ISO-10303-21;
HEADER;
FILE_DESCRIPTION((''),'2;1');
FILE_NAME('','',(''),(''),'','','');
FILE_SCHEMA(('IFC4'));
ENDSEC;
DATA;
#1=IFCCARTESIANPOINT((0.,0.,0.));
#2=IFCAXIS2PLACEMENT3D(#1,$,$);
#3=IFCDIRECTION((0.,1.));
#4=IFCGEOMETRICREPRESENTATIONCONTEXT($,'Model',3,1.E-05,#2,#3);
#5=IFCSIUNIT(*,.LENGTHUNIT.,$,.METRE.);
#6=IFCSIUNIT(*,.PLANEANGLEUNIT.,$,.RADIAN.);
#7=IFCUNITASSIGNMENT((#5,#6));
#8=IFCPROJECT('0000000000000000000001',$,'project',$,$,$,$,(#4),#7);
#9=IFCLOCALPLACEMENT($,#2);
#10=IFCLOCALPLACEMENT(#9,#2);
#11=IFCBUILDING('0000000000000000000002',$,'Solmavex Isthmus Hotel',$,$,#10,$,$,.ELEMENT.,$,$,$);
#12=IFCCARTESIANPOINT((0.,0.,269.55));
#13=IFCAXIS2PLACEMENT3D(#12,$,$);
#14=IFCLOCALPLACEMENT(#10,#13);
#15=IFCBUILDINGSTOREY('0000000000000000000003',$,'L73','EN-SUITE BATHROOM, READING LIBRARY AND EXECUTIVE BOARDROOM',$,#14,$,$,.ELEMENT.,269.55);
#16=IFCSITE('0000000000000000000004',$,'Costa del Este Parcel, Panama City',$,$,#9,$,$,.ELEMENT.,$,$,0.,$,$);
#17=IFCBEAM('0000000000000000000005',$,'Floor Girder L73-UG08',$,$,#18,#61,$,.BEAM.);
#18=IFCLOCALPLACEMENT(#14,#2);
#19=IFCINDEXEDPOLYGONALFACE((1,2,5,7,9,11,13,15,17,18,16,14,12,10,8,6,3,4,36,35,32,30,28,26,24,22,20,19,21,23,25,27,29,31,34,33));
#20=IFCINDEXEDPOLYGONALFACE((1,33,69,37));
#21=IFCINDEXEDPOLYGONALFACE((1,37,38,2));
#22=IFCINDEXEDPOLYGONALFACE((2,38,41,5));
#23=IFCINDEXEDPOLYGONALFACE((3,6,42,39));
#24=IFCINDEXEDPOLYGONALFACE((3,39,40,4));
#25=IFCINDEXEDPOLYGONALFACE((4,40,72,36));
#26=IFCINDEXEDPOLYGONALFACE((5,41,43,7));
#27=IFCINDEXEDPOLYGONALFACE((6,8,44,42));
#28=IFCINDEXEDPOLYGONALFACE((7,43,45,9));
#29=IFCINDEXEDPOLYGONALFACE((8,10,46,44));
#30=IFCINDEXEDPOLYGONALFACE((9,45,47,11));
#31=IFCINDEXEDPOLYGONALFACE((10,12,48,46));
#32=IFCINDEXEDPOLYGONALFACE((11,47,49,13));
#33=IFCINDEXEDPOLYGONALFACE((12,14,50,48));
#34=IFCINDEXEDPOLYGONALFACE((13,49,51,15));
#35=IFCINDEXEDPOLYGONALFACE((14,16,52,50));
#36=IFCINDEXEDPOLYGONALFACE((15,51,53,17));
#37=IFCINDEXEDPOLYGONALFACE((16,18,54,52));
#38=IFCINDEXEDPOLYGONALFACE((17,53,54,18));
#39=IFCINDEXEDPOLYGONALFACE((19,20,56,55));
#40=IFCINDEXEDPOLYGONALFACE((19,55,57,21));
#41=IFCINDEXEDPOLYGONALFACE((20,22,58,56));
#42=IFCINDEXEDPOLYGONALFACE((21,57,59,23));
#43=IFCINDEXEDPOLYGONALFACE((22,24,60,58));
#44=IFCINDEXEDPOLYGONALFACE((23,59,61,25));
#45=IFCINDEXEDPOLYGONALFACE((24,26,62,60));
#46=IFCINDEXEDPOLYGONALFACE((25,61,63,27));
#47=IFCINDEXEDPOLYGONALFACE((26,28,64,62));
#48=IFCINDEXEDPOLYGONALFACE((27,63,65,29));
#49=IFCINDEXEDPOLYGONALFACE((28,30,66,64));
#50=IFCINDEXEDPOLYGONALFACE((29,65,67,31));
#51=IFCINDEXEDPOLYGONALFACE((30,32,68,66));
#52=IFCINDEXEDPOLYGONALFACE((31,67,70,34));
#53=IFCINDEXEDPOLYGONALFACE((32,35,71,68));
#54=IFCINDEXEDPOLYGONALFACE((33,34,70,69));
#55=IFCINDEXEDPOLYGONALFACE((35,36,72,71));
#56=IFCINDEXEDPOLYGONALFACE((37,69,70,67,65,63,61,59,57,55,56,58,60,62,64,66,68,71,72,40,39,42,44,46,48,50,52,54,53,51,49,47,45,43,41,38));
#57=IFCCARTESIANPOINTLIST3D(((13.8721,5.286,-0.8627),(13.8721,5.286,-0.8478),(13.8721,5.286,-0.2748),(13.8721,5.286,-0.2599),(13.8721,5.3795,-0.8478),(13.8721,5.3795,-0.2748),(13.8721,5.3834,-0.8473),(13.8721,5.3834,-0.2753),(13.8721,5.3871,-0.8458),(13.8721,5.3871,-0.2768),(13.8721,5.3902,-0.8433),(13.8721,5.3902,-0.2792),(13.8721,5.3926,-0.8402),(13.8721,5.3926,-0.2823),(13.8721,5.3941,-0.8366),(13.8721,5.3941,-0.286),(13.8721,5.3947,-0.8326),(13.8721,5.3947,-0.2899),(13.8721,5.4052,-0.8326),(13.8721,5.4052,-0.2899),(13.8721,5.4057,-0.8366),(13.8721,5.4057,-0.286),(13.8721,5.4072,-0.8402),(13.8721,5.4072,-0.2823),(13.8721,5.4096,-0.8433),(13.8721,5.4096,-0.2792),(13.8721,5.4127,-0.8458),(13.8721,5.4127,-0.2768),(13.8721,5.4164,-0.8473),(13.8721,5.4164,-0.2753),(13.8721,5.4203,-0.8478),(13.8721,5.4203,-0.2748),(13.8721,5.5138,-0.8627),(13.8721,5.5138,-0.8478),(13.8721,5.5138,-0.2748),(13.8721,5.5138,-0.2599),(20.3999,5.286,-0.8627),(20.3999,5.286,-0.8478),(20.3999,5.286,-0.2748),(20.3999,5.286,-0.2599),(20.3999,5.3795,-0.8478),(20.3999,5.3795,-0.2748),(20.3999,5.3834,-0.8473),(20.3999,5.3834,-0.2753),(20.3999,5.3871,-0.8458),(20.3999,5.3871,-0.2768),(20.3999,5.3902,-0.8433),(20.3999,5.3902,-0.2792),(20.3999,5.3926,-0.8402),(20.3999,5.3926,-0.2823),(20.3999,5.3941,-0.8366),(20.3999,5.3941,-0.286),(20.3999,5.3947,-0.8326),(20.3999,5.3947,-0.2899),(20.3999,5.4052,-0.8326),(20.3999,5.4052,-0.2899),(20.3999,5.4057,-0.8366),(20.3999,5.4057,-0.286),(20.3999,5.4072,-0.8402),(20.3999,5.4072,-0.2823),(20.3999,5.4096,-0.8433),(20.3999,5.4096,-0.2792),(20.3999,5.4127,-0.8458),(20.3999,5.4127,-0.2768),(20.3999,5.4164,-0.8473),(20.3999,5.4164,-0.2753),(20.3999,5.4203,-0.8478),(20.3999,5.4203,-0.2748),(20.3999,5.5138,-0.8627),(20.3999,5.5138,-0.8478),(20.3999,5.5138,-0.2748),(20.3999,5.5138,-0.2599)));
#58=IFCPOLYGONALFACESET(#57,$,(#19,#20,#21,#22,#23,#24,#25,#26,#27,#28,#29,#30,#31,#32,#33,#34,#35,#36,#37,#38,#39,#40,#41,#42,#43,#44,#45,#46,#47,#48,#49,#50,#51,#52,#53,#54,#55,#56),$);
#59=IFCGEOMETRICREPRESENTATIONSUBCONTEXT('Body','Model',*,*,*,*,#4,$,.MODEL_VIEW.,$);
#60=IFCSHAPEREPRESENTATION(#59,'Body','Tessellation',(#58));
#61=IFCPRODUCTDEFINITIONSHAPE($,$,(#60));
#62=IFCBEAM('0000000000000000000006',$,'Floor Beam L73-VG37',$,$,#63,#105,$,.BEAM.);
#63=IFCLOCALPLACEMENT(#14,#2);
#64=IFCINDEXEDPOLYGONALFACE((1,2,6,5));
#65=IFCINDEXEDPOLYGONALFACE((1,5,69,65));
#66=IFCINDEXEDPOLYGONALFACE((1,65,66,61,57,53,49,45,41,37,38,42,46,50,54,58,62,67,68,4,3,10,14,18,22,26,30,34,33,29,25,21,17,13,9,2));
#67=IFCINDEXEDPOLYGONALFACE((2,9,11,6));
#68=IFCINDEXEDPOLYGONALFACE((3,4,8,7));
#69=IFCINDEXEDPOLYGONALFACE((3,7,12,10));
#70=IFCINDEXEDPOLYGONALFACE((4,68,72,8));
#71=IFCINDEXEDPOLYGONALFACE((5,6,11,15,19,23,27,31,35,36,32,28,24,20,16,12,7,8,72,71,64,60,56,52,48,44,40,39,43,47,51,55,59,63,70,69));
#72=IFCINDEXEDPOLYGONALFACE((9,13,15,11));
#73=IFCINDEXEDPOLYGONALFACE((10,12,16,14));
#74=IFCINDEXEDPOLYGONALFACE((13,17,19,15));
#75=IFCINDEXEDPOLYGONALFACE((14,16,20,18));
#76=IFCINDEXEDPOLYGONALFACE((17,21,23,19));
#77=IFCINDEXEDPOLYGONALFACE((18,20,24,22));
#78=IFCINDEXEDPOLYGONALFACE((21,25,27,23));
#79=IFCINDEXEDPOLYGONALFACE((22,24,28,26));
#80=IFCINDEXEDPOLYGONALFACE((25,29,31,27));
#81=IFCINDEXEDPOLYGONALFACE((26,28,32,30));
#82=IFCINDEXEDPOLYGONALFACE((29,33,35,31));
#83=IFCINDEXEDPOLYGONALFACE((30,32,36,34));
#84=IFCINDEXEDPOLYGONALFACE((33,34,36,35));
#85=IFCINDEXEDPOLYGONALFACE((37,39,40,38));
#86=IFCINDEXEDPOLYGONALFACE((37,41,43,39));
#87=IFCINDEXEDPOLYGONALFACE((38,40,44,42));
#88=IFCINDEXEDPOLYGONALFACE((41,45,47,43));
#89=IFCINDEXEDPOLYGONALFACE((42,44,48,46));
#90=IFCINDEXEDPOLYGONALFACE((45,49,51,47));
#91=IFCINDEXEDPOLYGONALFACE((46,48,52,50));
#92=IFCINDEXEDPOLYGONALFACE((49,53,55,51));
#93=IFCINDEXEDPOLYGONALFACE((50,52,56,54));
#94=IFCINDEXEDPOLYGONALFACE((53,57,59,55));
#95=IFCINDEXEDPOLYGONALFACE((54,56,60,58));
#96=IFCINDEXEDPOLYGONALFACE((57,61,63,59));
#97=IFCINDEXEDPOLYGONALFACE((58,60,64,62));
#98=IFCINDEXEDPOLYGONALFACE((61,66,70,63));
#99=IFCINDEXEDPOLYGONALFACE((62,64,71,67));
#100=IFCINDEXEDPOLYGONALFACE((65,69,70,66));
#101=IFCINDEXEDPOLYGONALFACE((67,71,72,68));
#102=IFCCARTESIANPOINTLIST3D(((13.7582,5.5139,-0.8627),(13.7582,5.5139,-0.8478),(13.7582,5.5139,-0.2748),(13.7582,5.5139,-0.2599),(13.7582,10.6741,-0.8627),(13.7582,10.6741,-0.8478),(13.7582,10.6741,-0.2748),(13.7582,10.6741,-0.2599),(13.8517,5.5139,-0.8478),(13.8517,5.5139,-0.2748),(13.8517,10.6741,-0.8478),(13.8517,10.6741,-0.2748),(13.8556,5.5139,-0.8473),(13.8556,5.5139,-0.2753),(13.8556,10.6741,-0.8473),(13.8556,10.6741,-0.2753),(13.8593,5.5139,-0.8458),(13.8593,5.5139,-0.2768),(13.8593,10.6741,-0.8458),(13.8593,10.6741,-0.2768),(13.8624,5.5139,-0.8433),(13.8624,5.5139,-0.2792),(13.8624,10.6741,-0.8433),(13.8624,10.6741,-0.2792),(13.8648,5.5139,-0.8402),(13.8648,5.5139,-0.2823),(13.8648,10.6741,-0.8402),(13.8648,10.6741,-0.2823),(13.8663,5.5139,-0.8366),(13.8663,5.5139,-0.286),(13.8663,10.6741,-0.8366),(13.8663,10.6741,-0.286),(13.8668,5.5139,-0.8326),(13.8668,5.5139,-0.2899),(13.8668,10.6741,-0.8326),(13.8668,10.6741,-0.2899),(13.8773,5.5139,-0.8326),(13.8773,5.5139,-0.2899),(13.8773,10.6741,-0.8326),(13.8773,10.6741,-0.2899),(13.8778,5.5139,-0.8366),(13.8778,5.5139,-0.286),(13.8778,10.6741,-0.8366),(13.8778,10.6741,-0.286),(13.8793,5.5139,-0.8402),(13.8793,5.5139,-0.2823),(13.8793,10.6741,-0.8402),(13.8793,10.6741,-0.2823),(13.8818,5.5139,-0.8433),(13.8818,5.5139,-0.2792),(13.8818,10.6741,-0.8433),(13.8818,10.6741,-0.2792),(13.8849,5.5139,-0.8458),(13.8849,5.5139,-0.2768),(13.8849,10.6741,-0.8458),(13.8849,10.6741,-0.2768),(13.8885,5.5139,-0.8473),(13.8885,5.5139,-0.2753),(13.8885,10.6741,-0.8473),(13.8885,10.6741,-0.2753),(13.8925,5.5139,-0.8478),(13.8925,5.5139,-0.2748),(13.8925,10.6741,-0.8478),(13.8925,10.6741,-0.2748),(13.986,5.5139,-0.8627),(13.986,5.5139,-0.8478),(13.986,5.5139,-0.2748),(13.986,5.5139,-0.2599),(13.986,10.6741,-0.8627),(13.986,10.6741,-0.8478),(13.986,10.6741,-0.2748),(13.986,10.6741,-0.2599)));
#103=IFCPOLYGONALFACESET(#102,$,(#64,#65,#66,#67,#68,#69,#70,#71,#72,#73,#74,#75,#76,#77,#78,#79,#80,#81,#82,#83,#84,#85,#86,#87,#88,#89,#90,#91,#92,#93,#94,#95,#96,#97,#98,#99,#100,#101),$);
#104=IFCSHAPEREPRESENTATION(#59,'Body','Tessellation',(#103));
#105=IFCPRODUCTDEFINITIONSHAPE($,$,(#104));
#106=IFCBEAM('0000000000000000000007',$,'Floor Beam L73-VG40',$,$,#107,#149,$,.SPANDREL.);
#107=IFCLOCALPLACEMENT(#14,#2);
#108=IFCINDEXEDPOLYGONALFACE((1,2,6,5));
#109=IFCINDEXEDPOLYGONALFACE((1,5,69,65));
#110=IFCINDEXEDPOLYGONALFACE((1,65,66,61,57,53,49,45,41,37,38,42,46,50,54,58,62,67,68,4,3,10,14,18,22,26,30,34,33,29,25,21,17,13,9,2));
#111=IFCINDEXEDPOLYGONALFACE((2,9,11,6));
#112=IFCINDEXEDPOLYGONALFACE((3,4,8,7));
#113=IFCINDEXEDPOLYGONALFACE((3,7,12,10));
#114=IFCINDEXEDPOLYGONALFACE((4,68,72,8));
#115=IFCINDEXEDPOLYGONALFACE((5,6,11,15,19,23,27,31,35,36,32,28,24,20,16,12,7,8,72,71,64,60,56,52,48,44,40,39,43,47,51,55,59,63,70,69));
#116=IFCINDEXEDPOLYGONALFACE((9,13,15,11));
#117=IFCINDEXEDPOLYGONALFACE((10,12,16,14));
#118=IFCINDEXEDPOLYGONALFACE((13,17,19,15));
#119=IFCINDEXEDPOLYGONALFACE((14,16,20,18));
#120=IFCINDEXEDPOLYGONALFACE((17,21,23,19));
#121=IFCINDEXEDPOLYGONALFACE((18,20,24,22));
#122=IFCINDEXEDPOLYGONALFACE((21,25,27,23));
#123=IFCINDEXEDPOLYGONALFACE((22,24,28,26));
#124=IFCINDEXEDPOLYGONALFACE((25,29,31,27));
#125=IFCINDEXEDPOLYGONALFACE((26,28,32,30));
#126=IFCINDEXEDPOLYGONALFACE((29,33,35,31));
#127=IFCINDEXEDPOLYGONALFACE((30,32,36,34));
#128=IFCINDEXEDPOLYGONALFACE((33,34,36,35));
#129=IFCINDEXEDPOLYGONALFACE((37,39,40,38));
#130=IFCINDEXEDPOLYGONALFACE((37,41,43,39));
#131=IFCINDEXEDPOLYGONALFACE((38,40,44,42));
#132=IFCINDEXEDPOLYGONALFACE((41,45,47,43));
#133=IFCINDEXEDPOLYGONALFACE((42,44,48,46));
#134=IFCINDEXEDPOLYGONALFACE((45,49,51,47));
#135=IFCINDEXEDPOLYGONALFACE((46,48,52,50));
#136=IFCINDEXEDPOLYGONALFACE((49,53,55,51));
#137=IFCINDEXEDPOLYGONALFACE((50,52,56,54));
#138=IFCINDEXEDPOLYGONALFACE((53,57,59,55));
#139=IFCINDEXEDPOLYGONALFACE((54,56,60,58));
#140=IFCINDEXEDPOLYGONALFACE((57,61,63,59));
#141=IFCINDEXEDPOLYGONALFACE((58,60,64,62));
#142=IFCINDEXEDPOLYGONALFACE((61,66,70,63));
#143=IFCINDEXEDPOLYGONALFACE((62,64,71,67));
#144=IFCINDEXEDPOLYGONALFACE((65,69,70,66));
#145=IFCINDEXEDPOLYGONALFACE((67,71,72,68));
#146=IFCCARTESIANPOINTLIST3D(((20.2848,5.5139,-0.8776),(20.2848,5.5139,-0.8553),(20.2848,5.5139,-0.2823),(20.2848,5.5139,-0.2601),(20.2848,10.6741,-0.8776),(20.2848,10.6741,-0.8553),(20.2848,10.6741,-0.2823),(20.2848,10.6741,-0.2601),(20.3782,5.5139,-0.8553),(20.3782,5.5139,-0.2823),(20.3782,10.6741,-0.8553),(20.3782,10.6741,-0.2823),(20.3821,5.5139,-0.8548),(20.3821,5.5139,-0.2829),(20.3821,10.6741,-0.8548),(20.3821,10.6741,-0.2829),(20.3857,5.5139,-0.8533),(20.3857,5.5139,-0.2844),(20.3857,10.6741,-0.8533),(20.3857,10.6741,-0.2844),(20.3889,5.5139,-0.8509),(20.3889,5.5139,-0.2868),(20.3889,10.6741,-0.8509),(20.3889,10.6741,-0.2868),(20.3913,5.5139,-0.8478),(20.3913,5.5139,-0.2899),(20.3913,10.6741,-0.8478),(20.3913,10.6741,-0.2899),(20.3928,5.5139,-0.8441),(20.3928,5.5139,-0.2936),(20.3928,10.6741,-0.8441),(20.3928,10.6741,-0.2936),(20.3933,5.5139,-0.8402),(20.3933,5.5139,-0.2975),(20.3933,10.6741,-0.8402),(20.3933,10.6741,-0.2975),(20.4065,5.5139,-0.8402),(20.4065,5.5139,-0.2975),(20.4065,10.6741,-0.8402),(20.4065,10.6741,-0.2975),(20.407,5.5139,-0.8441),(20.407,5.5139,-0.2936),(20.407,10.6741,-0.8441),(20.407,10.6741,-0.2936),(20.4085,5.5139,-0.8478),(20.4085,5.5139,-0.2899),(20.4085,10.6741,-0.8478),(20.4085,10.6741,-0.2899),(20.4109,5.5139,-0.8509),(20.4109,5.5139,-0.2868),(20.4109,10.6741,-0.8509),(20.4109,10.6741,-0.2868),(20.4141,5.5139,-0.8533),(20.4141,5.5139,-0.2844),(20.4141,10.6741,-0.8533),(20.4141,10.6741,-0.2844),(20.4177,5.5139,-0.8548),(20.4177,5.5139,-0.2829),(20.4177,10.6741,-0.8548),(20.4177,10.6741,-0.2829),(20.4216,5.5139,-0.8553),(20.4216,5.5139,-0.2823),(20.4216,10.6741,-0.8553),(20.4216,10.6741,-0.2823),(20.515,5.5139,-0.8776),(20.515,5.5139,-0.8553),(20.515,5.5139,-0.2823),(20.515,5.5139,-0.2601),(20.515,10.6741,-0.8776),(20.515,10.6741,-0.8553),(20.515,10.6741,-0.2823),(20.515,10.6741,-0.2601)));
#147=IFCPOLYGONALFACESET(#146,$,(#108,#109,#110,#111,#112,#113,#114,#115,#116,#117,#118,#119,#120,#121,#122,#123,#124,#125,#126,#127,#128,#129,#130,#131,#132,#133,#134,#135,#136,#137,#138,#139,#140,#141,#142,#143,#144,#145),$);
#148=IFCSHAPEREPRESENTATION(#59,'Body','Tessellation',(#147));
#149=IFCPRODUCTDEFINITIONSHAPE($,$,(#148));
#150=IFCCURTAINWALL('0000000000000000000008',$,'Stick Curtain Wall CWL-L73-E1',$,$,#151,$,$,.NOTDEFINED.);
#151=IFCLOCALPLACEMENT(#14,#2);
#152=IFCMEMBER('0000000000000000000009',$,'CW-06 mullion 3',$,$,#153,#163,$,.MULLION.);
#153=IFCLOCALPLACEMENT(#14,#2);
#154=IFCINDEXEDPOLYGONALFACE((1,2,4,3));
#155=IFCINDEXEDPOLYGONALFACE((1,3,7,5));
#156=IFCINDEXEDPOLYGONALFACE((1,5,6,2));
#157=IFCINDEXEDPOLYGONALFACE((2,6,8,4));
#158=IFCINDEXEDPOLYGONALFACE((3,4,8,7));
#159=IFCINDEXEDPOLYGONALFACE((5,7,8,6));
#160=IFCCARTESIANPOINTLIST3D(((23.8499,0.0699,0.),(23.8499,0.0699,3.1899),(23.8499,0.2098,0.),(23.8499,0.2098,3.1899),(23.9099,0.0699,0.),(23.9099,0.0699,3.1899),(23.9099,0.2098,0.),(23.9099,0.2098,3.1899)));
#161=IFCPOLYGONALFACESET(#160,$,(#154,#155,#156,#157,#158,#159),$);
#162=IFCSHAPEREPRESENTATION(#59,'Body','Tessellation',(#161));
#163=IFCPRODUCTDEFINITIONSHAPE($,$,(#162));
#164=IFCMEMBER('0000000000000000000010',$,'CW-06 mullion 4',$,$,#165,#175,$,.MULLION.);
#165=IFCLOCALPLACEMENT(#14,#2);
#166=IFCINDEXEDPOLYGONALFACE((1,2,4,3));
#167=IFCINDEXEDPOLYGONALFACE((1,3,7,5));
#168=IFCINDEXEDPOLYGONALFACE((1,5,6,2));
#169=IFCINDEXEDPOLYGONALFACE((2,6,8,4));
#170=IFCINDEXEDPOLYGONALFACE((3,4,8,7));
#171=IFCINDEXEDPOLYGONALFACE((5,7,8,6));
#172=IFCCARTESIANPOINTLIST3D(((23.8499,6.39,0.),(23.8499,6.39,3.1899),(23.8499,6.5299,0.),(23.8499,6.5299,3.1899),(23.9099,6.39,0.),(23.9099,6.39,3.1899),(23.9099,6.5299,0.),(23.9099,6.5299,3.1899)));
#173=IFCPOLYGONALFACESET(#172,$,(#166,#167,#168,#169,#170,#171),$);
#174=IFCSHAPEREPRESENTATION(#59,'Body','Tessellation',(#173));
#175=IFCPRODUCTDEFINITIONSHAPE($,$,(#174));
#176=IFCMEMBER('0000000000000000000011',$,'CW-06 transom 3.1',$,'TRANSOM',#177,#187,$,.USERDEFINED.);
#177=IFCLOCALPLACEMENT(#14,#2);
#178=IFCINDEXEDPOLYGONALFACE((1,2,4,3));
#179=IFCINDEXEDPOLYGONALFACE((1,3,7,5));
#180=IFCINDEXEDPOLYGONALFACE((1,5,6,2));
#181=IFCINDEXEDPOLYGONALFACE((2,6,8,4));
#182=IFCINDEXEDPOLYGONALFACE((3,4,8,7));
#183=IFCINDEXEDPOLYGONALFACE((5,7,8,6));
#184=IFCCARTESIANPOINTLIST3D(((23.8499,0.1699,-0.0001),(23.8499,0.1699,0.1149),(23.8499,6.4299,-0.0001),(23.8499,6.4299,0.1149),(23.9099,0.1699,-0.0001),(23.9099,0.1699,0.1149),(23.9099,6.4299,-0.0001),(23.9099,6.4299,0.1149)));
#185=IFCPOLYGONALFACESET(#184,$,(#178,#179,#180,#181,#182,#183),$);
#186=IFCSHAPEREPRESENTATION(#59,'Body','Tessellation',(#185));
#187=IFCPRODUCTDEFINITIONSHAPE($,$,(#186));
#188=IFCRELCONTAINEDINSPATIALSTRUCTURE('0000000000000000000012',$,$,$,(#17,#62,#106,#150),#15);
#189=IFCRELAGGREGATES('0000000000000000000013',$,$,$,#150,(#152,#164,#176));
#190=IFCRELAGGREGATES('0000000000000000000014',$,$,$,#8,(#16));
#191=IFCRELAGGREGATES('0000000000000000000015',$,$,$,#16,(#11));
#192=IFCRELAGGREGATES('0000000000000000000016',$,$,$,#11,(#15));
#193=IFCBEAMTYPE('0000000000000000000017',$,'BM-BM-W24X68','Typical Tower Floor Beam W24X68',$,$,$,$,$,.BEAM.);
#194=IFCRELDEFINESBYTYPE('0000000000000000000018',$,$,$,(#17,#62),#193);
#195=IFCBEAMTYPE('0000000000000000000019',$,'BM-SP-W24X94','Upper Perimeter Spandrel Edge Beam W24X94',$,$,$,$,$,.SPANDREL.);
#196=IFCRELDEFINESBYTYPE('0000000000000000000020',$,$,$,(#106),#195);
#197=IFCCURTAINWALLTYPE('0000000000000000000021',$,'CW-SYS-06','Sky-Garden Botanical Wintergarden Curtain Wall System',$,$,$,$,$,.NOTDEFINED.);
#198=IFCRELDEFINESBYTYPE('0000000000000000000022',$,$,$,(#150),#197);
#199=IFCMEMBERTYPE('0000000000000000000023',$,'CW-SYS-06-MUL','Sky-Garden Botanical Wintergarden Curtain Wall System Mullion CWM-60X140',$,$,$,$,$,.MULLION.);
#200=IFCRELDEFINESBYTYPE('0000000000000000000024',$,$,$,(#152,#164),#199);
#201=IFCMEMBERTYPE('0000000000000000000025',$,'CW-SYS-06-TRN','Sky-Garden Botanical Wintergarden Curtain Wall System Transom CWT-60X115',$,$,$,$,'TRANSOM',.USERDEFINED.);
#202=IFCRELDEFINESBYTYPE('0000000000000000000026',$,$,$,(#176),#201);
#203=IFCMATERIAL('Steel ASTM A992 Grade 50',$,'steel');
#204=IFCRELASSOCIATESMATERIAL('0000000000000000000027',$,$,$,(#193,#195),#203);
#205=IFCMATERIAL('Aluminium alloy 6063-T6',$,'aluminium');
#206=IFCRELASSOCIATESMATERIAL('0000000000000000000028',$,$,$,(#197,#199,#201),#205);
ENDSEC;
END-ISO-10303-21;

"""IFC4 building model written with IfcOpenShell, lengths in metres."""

from ifc_helpers import new_model, si_unit, direction, frame, origin, origin_2d, place, context, subcontext, project, spatial, rectangle, i_section, extrude, material, material_profile, profile_set, type_object, element, aggregate, save


model = new_model("IFC4")

# Units and contexts
model_context = context("Model", 3, precision=1e-05, world=origin(), true_north=direction((0.0, 1.0)))
body_context = subcontext(model_context, "Body", "Model", "MODEL_VIEW")
ifc_project = project(units=[si_unit("LENGTHUNIT", "METRE"), si_unit("PLANEANGLEUNIT", "RADIAN")], contexts=[model_context])

# Site, building, storey
site_placement = place(None, origin())
site = spatial("IfcSite", under=ifc_project, at=site_placement, Name="Costa del Este Parcel, Panama City", CompositionType="ELEMENT", RefElevation=0.0)
building_placement = place(site_placement, origin())
building = spatial("IfcBuilding", under=site, at=building_placement, Name="Solmavex Isthmus Hotel", CompositionType="ELEMENT")
storey_placement = place(building_placement, frame((0.0, 0.0, 269.55)))
storey = spatial("IfcBuildingStorey", under=building, at=storey_placement, Name="L73", Description="EN-SUITE BATHROOM, READING LIBRARY AND EXECUTIVE BOARDROOM", CompositionType="ELEMENT", Elevation=269.55)

# Beams
ifc_material_1 = material(Name="Steel ASTM A992 Grade 50", Category="steel")
ifc_material_profile_1 = material_profile(ifc_material_1, i_section(OverallWidth=0.2278, OverallDepth=0.6028, WebThickness=0.0105, FlangeThickness=0.0149, FilletRadius=0.0151, at=origin_2d()), Name="W24X68")
ifc_profile_set_1 = profile_set([ifc_material_profile_1], Name="Steel ASTM A992 Grade 50")
beam_type_1 = type_object("IfcBeamType", Name="BM-BM-W24X68", Description="Typical Tower Floor Beam W24X68", PredefinedType="BEAM", material=ifc_profile_set_1)
beam_1_placement = place(storey_placement, frame((13.8721, 5.3999, -0.5613), z_axis=(1.0, 0.0, 0.0), x_axis=(0.0, 1.0, 0.0)))
element("IfcBeam", 1, at=beam_1_placement, inside=storey, type_object=beam_type_1, Name="Floor Girder L73-UG08", PredefinedType="BEAM", context=body_context, shape_type="SweptSolid", body=[
    extrude(i_section(OverallWidth=0.2278, OverallDepth=0.6028, WebThickness=0.0105, FlangeThickness=0.0149, FilletRadius=0.0151, at=origin_2d()), origin(), (0.0, 0.0, 1.0), 6.5278),
])
beam_2_placement = place(storey_placement, frame((13.8721, 5.5139, -0.5613), z_axis=(0.0, 1.0, 0.0), x_axis=(-1.0, 0.0, 0.0)))
element("IfcBeam", 2, at=beam_2_placement, inside=storey, type_object=beam_type_1, Name="Floor Beam L73-VG37", PredefinedType="BEAM", context=body_context, shape_type="SweptSolid", body=[
    extrude(i_section(OverallWidth=0.2278, OverallDepth=0.6028, WebThickness=0.0105, FlangeThickness=0.0149, FilletRadius=0.0151, at=origin_2d()), origin(), (0.0, 0.0, 1.0), 5.1602),
])
ifc_material_profile_2 = material_profile(ifc_material_1, i_section(OverallWidth=0.2302, OverallDepth=0.6174, WebThickness=0.0132, FlangeThickness=0.0222, FilletRadius=0.0151, at=origin_2d()), Name="W24X94")
ifc_profile_set_2 = profile_set([ifc_material_profile_2], Name="Steel ASTM A992 Grade 50")
beam_type_2 = type_object("IfcBeamType", Name="BM-SP-W24X94", Description="Upper Perimeter Spandrel Edge Beam W24X94", PredefinedType="SPANDREL", material=ifc_profile_set_2)
beam_3_placement = place(storey_placement, frame((20.3999, 5.5139, -0.5688), z_axis=(0.0, 1.0, 0.0), x_axis=(-1.0, 0.0, 0.0)))
element("IfcBeam", 3, at=beam_3_placement, inside=storey, type_object=beam_type_2, Name="Floor Beam L73-VG40", PredefinedType="SPANDREL", context=body_context, shape_type="SweptSolid", body=[
    extrude(i_section(OverallWidth=0.2302, OverallDepth=0.6174, WebThickness=0.0132, FlangeThickness=0.0222, FilletRadius=0.0151, at=origin_2d()), origin(), (0.0, 0.0, 1.0), 5.1602),
])

# Curtain wall, members
ifc_material_2 = material(Name="Aluminium alloy 6063-T6", Category="aluminium")
curtain_wall_type = type_object("IfcCurtainWallType", Name="CW-SYS-06", Description="Sky-Garden Botanical Wintergarden Curtain Wall System", PredefinedType="NOTDEFINED", material=ifc_material_2)
curtain_wall_placement = place(storey_placement, origin())
curtain_wall = element("IfcCurtainWall", 4, at=curtain_wall_placement, inside=storey, type_object=curtain_wall_type, Name="Stick Curtain Wall CWL-L73-E1", PredefinedType="NOTDEFINED")
ifc_material_profile_3 = material_profile(ifc_material_2, rectangle(XDim=0.0601, YDim=0.1399, at=origin_2d()), Name="CWM-60X140")
ifc_profile_set_3 = profile_set([ifc_material_profile_3], Name="Aluminium alloy 6063-T6")
member_type_1 = type_object("IfcMemberType", Name="CW-SYS-06-MUL", Description="Sky-Garden Botanical Wintergarden Curtain Wall System Mullion CWM-60X140", PredefinedType="MULLION", material=ifc_profile_set_3)
member_1_placement = place(storey_placement, frame((23.8799, 0.1399, 0.0), z_axis=(0.0, 0.0, 1.0), x_axis=(-1.0, 0.0, 0.0)))
member_1 = element("IfcMember", 5, at=member_1_placement, type_object=member_type_1, Name="CW-06 mullion 3", PredefinedType="MULLION", context=body_context, shape_type="SweptSolid", body=[
    extrude(rectangle(XDim=0.0601, YDim=0.1399, at=origin_2d()), origin(), (0.0, 0.0, 1.0), 3.1899),
])
member_2_placement = place(storey_placement, frame((23.8799, 6.46, 0.0), z_axis=(0.0, 0.0, 1.0), x_axis=(-1.0, 0.0, 0.0)))
member_2 = element("IfcMember", 6, at=member_2_placement, type_object=member_type_1, Name="CW-06 mullion 4", PredefinedType="MULLION", context=body_context, shape_type="SweptSolid", body=[
    extrude(rectangle(XDim=0.0601, YDim=0.1399, at=origin_2d()), origin(), (0.0, 0.0, 1.0), 3.1899),
])
ifc_material_profile_4 = material_profile(ifc_material_2, rectangle(XDim=0.0601, YDim=0.115, at=origin_2d()), Name="CWT-60X115")
ifc_profile_set_4 = profile_set([ifc_material_profile_4], Name="Aluminium alloy 6063-T6")
member_type_2 = type_object("IfcMemberType", Name="CW-SYS-06-TRN", Description="Sky-Garden Botanical Wintergarden Curtain Wall System Transom CWT-60X115", ElementType="TRANSOM", PredefinedType="USERDEFINED", material=ifc_profile_set_4)
member_3_placement = place(storey_placement, frame((23.8799, 0.1699, 0.0574), z_axis=(0.0, 1.0, 0.0), x_axis=(-1.0, 0.0, 0.0)))
member_3 = element("IfcMember", 7, at=member_3_placement, type_object=member_type_2, Name="CW-06 transom 3.1", ObjectType="TRANSOM", PredefinedType="USERDEFINED", context=body_context, shape_type="SweptSolid", body=[
    extrude(rectangle(XDim=0.0601, YDim=0.115, at=origin_2d()), origin(), (0.0, 0.0, 1.0), 6.26),
])
aggregate(curtain_wall, [member_1, member_2, member_3])

save(model, "model.ifc")
